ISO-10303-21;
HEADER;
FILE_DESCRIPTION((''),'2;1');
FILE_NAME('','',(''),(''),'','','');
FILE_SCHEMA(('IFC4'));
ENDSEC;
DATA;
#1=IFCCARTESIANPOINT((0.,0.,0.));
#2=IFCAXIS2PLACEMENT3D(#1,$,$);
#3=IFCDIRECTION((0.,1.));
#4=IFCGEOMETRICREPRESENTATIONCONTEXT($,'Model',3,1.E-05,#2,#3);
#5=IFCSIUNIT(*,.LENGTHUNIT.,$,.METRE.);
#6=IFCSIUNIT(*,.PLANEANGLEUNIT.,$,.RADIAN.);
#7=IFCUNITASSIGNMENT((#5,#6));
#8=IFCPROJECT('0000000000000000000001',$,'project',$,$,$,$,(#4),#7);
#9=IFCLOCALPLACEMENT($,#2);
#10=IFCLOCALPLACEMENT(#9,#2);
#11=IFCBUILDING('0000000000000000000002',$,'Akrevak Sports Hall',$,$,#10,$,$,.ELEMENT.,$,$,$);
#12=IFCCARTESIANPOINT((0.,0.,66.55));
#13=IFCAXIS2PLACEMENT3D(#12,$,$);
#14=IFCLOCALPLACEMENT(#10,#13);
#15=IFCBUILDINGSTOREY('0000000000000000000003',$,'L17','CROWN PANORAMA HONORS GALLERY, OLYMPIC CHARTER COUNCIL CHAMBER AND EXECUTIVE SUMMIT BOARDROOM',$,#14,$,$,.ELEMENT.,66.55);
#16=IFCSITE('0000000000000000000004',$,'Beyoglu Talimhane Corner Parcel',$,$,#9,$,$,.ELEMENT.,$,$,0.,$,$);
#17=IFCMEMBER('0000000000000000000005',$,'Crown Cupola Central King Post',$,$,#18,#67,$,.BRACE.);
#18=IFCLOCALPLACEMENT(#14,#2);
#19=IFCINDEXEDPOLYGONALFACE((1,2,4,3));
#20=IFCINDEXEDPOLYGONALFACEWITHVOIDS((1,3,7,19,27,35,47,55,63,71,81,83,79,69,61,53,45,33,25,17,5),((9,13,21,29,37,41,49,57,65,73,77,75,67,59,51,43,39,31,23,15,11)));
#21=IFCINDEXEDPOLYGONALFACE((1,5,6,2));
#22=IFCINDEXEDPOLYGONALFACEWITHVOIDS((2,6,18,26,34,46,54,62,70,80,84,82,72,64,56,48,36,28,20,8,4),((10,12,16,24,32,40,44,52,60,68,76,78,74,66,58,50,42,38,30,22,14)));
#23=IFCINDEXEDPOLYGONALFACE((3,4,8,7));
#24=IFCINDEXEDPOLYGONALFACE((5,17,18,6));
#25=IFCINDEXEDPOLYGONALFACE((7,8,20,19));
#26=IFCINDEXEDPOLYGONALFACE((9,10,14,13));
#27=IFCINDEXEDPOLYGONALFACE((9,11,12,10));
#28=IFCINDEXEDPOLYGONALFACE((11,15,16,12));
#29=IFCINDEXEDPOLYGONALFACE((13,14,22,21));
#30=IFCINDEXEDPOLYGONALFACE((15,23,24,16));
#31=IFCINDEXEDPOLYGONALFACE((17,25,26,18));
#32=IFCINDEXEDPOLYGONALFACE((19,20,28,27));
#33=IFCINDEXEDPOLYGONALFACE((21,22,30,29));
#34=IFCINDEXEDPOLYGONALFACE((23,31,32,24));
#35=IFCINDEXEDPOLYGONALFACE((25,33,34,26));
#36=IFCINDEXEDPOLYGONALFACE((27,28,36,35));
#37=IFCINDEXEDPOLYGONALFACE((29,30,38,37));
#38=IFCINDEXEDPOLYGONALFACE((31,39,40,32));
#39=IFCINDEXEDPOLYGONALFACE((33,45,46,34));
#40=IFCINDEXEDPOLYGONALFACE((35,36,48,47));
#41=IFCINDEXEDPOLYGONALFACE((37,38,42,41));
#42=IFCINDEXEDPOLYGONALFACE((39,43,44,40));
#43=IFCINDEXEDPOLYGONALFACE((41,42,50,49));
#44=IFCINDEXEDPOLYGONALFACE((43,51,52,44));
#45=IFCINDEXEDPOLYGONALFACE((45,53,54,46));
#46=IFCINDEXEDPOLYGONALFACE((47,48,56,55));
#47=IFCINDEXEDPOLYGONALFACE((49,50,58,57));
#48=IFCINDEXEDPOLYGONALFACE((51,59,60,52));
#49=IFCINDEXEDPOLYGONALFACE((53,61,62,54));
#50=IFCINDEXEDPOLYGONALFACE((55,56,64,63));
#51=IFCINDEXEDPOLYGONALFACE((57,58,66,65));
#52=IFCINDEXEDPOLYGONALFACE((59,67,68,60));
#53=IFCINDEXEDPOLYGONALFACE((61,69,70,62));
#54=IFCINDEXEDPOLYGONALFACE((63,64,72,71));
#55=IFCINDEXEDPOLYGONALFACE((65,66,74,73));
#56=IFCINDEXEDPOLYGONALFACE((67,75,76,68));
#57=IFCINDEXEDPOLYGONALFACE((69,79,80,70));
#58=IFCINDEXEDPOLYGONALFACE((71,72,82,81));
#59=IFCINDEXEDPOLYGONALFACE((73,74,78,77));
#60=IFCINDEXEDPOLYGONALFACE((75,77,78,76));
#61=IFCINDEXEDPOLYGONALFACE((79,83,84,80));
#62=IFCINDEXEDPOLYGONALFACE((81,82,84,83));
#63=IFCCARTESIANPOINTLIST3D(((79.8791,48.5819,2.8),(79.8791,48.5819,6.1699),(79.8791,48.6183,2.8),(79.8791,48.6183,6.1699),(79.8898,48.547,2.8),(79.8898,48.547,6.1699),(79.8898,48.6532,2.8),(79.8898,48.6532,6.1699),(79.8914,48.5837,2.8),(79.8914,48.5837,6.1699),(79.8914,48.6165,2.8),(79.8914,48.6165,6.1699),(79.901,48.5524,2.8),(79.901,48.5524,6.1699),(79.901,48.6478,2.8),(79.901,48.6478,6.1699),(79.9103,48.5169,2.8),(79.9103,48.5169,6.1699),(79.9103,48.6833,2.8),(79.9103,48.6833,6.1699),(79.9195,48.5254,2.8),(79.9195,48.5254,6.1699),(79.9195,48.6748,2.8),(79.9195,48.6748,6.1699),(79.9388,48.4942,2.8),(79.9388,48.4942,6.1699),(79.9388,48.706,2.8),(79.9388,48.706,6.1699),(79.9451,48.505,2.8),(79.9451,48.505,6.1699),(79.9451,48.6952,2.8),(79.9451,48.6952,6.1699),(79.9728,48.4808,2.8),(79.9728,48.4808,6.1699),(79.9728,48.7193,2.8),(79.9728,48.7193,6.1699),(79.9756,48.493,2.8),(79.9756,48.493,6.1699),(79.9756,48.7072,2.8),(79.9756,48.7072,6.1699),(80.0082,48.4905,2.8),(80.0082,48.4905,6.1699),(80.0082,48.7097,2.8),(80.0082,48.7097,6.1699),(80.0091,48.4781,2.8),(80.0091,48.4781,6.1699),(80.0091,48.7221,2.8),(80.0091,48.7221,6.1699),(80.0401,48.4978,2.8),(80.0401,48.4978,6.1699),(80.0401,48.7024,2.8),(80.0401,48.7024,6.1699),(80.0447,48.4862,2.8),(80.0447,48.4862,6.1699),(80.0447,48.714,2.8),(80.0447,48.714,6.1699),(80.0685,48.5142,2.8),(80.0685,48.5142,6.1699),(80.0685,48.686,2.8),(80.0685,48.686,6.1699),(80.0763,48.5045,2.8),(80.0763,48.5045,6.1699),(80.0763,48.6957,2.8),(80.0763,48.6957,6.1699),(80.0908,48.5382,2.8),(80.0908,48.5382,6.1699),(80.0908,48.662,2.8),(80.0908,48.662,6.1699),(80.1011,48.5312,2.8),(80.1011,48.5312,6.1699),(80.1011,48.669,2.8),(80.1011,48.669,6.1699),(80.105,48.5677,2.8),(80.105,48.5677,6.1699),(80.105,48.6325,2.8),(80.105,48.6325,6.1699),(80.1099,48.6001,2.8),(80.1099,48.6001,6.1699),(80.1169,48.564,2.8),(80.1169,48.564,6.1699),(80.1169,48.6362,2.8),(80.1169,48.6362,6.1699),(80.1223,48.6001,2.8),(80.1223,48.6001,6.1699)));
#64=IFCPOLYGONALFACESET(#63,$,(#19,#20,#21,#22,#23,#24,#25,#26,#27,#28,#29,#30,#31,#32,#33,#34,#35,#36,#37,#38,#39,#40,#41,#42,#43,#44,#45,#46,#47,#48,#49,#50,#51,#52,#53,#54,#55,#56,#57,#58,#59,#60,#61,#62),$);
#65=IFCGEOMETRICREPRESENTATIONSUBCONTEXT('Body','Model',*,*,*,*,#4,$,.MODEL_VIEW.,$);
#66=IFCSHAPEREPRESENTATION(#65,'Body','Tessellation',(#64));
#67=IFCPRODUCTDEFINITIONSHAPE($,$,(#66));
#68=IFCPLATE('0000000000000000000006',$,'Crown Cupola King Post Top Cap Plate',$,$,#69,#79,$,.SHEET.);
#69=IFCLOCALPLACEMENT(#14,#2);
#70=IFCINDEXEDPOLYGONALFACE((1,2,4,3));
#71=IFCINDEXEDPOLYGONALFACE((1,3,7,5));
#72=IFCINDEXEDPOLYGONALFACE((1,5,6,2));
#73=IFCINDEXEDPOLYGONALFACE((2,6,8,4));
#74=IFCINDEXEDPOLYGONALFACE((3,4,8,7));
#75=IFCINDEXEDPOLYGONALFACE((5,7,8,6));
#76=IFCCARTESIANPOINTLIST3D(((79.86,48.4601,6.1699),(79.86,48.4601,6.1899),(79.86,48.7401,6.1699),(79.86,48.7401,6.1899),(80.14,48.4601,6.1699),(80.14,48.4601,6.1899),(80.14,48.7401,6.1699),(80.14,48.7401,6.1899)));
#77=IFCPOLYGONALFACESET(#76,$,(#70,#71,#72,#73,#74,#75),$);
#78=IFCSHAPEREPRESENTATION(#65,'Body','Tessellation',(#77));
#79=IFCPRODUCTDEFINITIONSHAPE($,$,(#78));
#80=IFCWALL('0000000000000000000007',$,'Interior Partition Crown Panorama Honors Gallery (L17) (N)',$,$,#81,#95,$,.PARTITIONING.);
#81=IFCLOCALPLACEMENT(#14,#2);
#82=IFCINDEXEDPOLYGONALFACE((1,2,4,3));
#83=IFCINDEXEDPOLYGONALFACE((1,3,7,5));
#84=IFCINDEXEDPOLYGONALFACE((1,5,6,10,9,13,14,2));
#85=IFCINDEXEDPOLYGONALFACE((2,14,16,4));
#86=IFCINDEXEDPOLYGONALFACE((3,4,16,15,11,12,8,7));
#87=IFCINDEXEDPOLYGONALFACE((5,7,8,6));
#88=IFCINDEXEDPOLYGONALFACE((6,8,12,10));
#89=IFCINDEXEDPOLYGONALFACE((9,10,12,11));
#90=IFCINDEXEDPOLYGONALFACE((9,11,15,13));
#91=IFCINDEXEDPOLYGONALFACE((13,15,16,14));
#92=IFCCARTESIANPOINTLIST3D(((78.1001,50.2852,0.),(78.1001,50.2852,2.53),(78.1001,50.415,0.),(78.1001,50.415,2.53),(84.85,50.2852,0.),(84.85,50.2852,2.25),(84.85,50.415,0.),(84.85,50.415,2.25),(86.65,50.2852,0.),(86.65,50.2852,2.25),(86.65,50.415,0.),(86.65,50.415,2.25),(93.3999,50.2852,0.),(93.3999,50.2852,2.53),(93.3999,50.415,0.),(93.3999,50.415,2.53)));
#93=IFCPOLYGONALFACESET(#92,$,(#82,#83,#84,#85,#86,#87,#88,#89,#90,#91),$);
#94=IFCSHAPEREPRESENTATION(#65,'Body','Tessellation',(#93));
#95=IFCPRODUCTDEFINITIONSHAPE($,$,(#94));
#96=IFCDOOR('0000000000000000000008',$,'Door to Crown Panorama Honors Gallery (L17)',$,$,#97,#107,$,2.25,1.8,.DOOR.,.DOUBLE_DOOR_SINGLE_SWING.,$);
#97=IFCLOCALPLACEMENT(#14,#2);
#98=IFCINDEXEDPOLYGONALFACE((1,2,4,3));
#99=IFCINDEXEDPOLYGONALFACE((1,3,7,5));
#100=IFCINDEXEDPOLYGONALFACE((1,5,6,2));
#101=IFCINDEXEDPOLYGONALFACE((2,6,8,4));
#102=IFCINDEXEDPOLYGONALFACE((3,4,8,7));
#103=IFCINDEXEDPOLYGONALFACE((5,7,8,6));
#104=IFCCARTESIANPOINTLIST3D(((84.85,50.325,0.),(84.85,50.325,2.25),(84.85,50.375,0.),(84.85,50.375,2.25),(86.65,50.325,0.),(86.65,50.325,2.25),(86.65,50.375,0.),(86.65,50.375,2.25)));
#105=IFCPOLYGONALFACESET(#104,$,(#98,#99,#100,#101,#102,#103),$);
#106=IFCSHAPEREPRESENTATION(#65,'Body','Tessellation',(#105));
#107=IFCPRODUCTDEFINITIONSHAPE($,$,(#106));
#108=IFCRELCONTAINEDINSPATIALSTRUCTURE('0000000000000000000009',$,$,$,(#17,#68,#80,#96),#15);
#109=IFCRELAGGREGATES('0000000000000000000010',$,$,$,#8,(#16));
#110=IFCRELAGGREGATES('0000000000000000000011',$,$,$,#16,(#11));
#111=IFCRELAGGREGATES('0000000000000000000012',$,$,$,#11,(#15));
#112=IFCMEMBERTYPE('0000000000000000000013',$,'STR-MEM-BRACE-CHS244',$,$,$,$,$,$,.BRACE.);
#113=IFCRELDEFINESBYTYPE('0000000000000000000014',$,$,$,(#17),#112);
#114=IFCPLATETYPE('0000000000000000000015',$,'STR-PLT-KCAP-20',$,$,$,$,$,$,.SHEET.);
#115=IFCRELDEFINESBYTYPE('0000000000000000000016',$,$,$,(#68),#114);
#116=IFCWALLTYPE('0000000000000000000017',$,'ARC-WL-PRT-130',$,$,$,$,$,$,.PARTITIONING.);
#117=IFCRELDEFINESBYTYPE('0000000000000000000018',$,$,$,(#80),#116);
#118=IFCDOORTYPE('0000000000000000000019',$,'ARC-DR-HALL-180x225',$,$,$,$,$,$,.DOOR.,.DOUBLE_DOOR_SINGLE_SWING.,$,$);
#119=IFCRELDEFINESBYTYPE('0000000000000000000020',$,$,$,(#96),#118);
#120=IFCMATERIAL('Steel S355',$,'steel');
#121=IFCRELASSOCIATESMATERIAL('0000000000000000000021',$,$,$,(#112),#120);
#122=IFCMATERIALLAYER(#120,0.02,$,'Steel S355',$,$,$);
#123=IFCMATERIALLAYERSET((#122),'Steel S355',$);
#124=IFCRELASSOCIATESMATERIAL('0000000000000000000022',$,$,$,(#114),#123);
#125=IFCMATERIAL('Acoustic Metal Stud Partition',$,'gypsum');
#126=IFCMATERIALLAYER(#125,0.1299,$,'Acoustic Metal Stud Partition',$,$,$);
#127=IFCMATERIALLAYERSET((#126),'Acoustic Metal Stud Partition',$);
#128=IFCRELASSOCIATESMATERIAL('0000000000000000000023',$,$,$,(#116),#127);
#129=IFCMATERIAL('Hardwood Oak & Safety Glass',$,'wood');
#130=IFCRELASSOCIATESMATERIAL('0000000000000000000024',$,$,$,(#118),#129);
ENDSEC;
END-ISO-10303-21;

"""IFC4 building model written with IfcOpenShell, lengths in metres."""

from ifc_helpers import new_model, si_unit, direction, frame, frame_2d, origin, origin_2d, place, context, subcontext, project, spatial, rectangle, hollow_circle, extrude, material, layer, layer_set, material_profile, profile_set, type_object, element, fill, save


model = new_model("IFC4")

# Units and contexts
model_context = context("Model", 3, precision=1e-05, world=origin(), true_north=direction((0.0, 1.0)))
body_context = subcontext(model_context, "Body", "Model", "MODEL_VIEW")
ifc_project = project(units=[si_unit("LENGTHUNIT", "METRE"), si_unit("PLANEANGLEUNIT", "RADIAN")], contexts=[model_context])

# Site, building, storey
site_placement = place(None, origin())
site = spatial("IfcSite", under=ifc_project, at=site_placement, Name="Beyoglu Talimhane Corner Parcel", CompositionType="ELEMENT", RefElevation=0.0)
building_placement = place(site_placement, origin())
building = spatial("IfcBuilding", under=site, at=building_placement, Name="Akrevak Sports Hall", CompositionType="ELEMENT")
storey_placement = place(building_placement, frame((0.0, 0.0, 66.55)))
storey = spatial("IfcBuildingStorey", under=building, at=storey_placement, Name="L17", Description="CROWN PANORAMA HONORS GALLERY, OLYMPIC CHARTER COUNCIL CHAMBER AND EXECUTIVE SUMMIT BOARDROOM", CompositionType="ELEMENT", Elevation=66.55)

# Shared definitions
ifc_material_1 = material(Name="Steel S355", Category="steel")

# Member
ifc_material_profile_1 = material_profile(ifc_material_1, hollow_circle(Radius=0.1223, WallThickness=0.0125, at=origin_2d()), Name="CHS 244.5x12.5", Category="steel")
ifc_profile_set_1 = profile_set([ifc_material_profile_1], Name="Steel S355")
member_type_1 = type_object("IfcMemberType", Name="STR-MEM-BRACE-CHS244", PredefinedType="BRACE", material=ifc_profile_set_1)
member_1_placement = place(storey_placement, frame((80.0, 48.6001, 2.8), z_axis=(0.0, 0.0, 1.0), x_axis=(1.0, 0.0, 0.0)))
element("IfcMember", 1, at=member_1_placement, inside=storey, type_object=member_type_1, Name="Crown Cupola Central King Post", PredefinedType="BRACE", context=body_context, shape_type="SweptSolid", body=[
    extrude(hollow_circle(Radius=0.1223, WallThickness=0.0125, at=origin_2d()), origin(), (0.0, 0.0, 1.0), 3.3699),
])

# Plate
ifc_layer_1 = layer(ifc_material_1, 0.02, Name="Steel S355")
ifc_layer_set_1 = layer_set([ifc_layer_1], Name="Steel S355")
plate_type = type_object("IfcPlateType", Name="STR-PLT-KCAP-20", PredefinedType="SHEET", material=ifc_layer_set_1)
plate_placement = place(storey_placement, frame((80.0, 48.6001, 6.1699), z_axis=(0.0, 0.0, 1.0), x_axis=(1.0, 0.0, 0.0)))
element("IfcPlate", 2, at=plate_placement, inside=storey, type_object=plate_type, Name="Crown Cupola King Post Top Cap Plate", PredefinedType="SHEET", context=body_context, shape_type="SweptSolid", body=[
    extrude(rectangle(XDim=0.28, YDim=0.28, at=origin_2d()), origin(), (0.0, 0.0, 1.0), 0.02),
])

# Wall, opening, door
ifc_material_2 = material(Name="Acoustic Metal Stud Partition", Category="gypsum")
ifc_layer_2 = layer(ifc_material_2, 0.1299, Name="Acoustic Metal Stud Partition")
ifc_layer_set_2 = layer_set([ifc_layer_2], Name="Acoustic Metal Stud Partition")
wall_type = type_object("IfcWallType", Name="ARC-WL-PRT-130", PredefinedType="PARTITIONING", material=ifc_layer_set_2)
wall_placement = place(storey_placement, frame((78.1001, 50.3501, 0.0), z_axis=(0.0, 0.0, 1.0), x_axis=(1.0, 0.0, 0.0)))
wall = element("IfcWall", 3, at=wall_placement, inside=storey, type_object=wall_type, Name="Interior Partition Crown Panorama Honors Gallery (L17) (N)", PredefinedType="PARTITIONING", context=body_context, shape_type="SweptSolid", body=[
    extrude(rectangle(XDim=15.2998, YDim=0.1299, at=frame_2d((7.6499, 0.0))), origin(), (0.0, 0.0, 1.0), 2.53),
])
opening_placement = place(wall_placement, frame((6.75, 0.0, 0.0)))
opening = element("IfcOpeningElement", 4, at=opening_placement, cuts=wall, PredefinedType="OPENING", context=body_context, shape_type="SweptSolid", body=[
    extrude(rectangle(XDim=1.8, YDim=2.25, at=frame_2d((0.8999, 1.125))), frame((0.0, 0.0769, 0.0), z_axis=(0.0, -1.0, 0.0), x_axis=(1.0, 0.0, 0.0)), (0.0, 0.0, 1.0), 0.1538),
])
ifc_material_3 = material(Name="Hardwood Oak & Safety Glass", Category="wood")
door_type = type_object("IfcDoorType", Name="ARC-DR-HALL-180x225", OperationType="DOUBLE_DOOR_SINGLE_SWING", PredefinedType="DOOR", material=ifc_material_3)
door_placement = place(opening_placement, origin())
door = element("IfcDoor", 5, at=door_placement, inside=storey, type_object=door_type, Name="Door to Crown Panorama Honors Gallery (L17)", OperationType="DOUBLE_DOOR_SINGLE_SWING", OverallHeight=2.25, OverallWidth=1.8, PredefinedType="DOOR", context=body_context, shape_type="SweptSolid", body=[
    extrude(rectangle(XDim=1.8, YDim=2.25, at=frame_2d((0.8999, 1.125))), frame((0.0, 0.0249, 0.0), z_axis=(0.0, -1.0, 0.0), x_axis=(1.0, 0.0, 0.0)), (0.0, 0.0, 1.0), 0.05),
])
fill(opening, door)

save(model, "model.ifc")
